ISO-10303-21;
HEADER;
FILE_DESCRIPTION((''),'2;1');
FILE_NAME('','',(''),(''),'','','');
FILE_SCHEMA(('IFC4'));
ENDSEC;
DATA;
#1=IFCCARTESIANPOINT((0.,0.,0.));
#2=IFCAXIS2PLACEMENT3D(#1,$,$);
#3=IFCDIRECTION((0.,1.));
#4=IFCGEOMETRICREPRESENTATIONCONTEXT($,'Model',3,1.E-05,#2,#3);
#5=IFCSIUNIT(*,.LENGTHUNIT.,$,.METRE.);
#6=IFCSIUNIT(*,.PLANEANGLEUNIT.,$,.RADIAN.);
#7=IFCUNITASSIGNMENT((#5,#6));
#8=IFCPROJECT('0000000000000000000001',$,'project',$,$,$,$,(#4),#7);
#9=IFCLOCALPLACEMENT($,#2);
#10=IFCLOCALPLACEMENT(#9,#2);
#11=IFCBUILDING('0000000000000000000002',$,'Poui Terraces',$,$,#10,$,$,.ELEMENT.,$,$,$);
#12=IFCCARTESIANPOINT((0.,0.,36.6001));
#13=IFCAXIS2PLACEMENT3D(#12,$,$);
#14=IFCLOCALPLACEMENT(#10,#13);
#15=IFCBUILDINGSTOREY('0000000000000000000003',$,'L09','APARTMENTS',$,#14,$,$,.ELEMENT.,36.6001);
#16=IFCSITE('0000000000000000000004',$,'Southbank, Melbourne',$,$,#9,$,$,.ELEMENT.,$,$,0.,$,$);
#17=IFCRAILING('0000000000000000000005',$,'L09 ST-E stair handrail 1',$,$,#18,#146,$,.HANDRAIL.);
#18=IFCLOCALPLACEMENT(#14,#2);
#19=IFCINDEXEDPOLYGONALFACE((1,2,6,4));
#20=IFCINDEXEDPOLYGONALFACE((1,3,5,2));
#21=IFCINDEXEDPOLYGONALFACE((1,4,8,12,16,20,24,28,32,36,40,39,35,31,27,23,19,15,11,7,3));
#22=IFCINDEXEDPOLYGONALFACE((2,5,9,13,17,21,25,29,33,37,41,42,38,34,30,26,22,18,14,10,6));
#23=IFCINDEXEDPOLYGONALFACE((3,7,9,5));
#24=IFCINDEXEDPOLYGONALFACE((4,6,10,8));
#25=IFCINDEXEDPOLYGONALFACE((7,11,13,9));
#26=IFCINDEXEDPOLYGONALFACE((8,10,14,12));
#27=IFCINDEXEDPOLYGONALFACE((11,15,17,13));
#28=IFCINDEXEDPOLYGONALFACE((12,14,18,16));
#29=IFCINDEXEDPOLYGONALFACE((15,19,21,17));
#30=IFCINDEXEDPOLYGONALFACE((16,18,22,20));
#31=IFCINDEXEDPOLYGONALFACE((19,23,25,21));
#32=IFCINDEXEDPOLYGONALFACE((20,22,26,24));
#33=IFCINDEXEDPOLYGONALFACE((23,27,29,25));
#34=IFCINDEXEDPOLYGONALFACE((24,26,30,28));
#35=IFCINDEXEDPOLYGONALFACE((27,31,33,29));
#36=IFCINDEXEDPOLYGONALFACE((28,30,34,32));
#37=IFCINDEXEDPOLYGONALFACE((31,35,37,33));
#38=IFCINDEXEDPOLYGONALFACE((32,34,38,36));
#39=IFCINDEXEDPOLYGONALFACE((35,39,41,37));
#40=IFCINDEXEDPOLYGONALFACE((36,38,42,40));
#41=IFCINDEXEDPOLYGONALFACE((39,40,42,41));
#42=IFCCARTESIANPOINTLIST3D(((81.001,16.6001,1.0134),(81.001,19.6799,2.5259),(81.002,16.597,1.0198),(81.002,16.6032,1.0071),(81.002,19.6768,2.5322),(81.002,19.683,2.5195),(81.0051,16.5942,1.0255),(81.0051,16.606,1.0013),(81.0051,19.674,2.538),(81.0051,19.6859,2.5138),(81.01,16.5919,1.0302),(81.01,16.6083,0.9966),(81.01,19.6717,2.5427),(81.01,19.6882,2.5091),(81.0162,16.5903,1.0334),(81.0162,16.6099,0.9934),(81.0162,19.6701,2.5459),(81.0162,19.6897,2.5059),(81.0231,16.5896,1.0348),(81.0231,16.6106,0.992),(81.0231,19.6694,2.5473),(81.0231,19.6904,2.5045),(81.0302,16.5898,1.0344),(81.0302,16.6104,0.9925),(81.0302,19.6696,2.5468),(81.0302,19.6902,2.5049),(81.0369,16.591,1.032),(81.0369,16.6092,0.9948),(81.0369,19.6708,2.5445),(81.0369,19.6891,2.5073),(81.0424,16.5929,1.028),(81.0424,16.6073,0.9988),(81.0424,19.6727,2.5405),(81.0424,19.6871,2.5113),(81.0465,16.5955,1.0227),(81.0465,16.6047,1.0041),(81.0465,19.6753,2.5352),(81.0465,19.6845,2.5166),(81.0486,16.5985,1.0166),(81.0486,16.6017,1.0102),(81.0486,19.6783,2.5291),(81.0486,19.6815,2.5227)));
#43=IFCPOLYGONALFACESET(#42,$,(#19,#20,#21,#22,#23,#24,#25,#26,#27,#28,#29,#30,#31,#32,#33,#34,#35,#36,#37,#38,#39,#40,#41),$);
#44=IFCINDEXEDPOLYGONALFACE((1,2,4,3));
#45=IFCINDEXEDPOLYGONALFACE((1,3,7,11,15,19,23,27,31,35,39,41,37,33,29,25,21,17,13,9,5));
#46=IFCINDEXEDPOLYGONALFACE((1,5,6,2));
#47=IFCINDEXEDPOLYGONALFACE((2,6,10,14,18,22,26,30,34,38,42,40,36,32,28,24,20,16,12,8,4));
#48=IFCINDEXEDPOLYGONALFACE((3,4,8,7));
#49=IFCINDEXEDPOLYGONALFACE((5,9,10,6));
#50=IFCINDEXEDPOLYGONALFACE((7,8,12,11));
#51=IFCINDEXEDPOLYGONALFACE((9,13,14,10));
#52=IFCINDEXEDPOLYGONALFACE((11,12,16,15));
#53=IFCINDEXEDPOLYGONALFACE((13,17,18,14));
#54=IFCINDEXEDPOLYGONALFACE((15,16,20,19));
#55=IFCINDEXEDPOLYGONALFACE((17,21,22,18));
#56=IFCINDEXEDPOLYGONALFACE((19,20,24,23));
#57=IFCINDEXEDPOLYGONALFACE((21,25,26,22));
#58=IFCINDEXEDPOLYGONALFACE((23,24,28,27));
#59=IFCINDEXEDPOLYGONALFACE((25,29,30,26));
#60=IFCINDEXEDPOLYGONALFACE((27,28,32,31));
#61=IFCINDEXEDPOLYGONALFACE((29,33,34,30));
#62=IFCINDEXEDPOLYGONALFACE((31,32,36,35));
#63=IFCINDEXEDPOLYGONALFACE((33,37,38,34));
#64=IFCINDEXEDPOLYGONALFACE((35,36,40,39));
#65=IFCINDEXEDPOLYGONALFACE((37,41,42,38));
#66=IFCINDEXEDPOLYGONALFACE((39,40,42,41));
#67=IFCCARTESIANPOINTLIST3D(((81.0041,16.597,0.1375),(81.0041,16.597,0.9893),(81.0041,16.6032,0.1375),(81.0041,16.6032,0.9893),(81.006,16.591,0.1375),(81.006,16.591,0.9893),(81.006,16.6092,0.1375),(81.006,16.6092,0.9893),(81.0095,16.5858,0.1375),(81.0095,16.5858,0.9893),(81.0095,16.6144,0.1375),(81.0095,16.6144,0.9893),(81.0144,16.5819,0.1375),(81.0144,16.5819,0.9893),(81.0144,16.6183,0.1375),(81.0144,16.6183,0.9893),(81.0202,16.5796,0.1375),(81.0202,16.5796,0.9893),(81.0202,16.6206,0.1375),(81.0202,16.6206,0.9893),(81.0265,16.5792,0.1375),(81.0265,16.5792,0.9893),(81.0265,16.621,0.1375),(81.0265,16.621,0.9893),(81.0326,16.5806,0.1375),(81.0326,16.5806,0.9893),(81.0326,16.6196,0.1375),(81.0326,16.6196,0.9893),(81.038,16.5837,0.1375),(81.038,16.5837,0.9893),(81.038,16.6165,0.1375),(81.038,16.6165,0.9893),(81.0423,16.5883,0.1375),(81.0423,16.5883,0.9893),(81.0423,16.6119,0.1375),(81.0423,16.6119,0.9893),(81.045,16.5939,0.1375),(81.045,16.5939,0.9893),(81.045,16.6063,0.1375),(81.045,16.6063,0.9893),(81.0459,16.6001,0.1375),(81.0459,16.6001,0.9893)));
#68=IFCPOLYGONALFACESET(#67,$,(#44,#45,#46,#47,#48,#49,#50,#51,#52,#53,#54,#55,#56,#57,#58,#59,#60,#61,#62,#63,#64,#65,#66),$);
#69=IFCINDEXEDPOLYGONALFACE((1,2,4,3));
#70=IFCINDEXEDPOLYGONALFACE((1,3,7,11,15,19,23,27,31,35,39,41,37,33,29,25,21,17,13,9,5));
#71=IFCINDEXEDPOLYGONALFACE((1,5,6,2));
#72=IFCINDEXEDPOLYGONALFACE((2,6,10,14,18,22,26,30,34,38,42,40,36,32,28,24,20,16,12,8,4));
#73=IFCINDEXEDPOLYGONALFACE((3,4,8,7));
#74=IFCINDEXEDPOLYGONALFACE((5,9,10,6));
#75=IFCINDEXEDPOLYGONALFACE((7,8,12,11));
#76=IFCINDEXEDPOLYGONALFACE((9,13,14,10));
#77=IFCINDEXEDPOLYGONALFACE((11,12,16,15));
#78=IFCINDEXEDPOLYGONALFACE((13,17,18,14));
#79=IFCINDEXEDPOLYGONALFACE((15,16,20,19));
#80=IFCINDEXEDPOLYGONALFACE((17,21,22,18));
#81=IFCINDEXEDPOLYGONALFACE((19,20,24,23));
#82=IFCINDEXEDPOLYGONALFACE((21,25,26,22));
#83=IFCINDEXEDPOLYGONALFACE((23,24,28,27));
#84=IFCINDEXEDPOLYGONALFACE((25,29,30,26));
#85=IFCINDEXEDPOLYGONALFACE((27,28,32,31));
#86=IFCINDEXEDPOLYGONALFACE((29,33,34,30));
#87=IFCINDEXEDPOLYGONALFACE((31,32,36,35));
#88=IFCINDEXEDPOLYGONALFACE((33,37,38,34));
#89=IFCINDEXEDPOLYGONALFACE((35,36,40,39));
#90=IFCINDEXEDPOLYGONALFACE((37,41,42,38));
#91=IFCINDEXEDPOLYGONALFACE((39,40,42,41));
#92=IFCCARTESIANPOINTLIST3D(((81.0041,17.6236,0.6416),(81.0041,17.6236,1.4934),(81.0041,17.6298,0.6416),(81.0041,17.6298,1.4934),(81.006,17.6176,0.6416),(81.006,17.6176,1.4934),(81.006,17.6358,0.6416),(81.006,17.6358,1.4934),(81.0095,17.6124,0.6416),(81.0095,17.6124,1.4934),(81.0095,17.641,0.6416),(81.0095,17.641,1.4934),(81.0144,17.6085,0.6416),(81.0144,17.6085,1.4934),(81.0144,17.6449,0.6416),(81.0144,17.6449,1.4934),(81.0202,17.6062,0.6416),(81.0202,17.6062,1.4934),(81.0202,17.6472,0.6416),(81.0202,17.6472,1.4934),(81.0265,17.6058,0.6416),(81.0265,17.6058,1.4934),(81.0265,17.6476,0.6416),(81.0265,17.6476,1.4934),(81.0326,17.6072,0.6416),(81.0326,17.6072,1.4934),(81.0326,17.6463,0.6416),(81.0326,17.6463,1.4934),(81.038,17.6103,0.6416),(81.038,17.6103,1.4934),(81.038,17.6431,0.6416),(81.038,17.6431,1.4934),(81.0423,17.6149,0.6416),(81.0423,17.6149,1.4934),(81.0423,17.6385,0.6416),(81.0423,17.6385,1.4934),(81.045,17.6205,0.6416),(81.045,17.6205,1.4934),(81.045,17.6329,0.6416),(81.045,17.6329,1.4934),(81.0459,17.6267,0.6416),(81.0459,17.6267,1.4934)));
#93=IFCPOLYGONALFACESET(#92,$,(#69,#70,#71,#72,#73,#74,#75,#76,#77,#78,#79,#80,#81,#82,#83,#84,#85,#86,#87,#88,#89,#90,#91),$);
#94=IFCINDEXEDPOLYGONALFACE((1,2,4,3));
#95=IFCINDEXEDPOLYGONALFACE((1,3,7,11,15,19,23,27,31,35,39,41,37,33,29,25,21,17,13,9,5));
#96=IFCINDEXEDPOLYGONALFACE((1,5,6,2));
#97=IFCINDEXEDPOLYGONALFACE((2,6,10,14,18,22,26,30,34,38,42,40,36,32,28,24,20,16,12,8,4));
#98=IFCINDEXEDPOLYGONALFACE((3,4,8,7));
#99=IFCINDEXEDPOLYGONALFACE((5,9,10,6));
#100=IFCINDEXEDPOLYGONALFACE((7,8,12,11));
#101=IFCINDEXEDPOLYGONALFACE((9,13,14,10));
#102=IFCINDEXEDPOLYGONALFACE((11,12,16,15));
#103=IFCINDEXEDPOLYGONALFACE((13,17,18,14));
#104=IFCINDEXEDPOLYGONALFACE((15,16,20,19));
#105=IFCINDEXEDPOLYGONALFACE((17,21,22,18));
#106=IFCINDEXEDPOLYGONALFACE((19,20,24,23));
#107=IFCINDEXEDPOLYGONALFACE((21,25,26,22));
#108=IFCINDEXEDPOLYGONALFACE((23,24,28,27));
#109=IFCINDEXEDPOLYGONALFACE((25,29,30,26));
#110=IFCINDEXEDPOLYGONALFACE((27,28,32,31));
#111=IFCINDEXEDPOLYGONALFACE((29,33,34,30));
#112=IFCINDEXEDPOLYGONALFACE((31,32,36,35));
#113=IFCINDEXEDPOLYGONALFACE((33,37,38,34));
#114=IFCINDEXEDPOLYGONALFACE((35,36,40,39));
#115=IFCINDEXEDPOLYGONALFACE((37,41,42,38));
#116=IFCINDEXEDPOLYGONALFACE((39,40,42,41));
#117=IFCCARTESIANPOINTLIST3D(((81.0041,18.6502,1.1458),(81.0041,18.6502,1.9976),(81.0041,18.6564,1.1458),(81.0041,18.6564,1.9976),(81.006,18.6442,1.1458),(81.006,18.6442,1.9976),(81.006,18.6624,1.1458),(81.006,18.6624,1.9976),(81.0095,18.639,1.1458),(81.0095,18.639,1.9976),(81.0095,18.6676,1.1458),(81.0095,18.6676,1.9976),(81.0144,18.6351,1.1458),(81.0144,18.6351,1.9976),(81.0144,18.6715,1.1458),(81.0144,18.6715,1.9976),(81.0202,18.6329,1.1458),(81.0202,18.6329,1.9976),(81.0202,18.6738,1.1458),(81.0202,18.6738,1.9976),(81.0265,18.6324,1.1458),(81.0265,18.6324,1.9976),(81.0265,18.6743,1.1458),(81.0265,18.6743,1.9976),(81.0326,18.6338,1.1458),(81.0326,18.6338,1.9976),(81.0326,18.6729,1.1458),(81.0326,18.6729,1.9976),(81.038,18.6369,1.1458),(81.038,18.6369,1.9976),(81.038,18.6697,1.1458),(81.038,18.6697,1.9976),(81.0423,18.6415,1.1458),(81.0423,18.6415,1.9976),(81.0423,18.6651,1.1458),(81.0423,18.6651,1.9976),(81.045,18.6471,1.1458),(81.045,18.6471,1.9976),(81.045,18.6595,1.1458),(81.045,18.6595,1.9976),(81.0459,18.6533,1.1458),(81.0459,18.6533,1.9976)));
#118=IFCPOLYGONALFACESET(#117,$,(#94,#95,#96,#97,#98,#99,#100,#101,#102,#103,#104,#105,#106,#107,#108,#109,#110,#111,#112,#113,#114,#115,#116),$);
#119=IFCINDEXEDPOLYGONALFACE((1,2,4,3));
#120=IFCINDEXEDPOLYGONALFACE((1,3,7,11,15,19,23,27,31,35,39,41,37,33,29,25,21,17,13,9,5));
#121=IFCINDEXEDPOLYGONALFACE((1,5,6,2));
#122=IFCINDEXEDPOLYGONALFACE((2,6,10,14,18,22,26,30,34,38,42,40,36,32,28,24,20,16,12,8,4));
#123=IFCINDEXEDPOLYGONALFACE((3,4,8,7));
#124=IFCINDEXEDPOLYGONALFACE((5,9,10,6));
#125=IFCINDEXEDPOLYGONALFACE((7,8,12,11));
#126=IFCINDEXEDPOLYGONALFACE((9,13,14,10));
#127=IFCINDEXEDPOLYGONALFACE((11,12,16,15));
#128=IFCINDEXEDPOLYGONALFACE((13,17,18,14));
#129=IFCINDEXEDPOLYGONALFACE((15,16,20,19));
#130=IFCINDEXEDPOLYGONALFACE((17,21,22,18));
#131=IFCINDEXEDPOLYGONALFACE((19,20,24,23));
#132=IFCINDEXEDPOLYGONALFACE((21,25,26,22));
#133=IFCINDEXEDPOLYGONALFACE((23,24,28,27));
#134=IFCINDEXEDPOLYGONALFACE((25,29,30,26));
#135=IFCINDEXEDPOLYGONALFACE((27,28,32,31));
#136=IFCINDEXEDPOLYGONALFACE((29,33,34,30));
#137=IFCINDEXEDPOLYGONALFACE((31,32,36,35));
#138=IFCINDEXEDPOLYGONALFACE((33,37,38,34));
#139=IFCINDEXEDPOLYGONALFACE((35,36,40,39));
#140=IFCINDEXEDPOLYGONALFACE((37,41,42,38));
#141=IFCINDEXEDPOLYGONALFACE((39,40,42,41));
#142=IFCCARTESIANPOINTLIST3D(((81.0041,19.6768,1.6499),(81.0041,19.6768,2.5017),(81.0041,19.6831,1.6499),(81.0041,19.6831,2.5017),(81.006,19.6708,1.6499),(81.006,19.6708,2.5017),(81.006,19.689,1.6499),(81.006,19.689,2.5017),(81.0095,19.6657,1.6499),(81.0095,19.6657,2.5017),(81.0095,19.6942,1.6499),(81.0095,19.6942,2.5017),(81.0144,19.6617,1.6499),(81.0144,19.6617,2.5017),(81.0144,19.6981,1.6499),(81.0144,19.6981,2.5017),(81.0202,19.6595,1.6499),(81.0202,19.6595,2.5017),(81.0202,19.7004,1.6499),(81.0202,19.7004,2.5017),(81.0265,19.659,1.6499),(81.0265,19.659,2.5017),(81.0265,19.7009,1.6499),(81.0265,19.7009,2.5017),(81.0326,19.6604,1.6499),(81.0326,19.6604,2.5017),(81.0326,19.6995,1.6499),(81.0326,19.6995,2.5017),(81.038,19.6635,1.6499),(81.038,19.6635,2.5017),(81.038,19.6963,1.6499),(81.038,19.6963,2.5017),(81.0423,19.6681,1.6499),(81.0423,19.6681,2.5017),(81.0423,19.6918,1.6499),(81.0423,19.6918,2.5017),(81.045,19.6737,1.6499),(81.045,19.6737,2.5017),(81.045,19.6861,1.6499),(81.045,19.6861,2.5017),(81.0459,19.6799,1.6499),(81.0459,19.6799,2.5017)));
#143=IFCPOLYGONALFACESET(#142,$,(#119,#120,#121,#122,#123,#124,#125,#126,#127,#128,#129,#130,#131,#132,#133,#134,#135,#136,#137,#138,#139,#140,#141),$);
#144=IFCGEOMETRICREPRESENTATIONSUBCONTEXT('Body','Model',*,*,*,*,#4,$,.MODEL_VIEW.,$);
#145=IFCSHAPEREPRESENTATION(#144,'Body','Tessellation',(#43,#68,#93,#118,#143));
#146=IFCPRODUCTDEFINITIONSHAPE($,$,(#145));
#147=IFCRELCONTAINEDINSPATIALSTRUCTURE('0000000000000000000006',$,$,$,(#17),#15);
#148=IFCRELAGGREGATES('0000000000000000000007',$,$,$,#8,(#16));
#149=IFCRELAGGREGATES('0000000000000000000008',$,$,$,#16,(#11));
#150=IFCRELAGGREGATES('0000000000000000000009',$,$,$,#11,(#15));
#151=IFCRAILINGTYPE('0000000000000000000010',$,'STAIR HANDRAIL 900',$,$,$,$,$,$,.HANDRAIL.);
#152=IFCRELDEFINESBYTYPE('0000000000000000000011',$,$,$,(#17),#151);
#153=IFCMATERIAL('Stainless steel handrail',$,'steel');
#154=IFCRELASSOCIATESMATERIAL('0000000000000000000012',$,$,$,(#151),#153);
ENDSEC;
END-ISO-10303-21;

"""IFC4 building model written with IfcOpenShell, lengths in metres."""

from ifc_helpers import new_model, si_unit, direction, frame, origin, origin_2d, place, context, subcontext, project, spatial, circle, extrude, material, type_object, element, save


model = new_model("IFC4")

# Units and contexts
model_context = context("Model", 3, precision=1e-05, world=origin(), true_north=direction((0.0, 1.0)))
body_context = subcontext(model_context, "Body", "Model", "MODEL_VIEW")
ifc_project = project(units=[si_unit("LENGTHUNIT", "METRE"), si_unit("PLANEANGLEUNIT", "RADIAN")], contexts=[model_context])

# Site, building, storey
site_placement = place(None, origin())
site = spatial("IfcSite", under=ifc_project, at=site_placement, Name="Southbank, Melbourne", CompositionType="ELEMENT", RefElevation=0.0)
building_placement = place(site_placement, origin())
building = spatial("IfcBuilding", under=site, at=building_placement, Name="Poui Terraces", CompositionType="ELEMENT")
storey_placement = place(building_placement, frame((0.0, 0.0, 36.6001)))
storey = spatial("IfcBuildingStorey", under=building, at=storey_placement, Name="L09", Description="APARTMENTS", CompositionType="ELEMENT", Elevation=36.6001)

# Railing
ifc_material_1 = material(Name="Stainless steel handrail", Category="steel")
railing_type_1 = type_object("IfcRailingType", Name="STAIR HANDRAIL 900", PredefinedType="HANDRAIL", material=ifc_material_1)
railing_1_placement = place(storey_placement, frame((81.0249, 16.6001, 0.1375)))
element("IfcRailing", 1, at=railing_1_placement, inside=storey, type_object=railing_type_1, Name="L09 ST-E stair handrail 1", PredefinedType="HANDRAIL", context=body_context, shape_type="SweptSolid", body=[
    extrude(circle(Radius=0.0239, at=origin_2d()), frame((0.0, 0.0, 0.876), z_axis=(0.0, 0.897606, 0.440798), x_axis=(-1.0, 0.0, 0.0)), (0.0, 0.0, 1.0), 3.4312),
    extrude(circle(Radius=0.021, at=origin_2d()), origin(), (0.0, 0.0, 1.0), 0.8518),
    extrude(circle(Radius=0.021, at=origin_2d()), frame((0.0, 1.0266, 0.5042)), (0.0, 0.0, 1.0), 0.8518),
    extrude(circle(Radius=0.021, at=origin_2d()), frame((0.0, 2.0532, 1.0083)), (0.0, 0.0, 1.0), 0.8518),
    extrude(circle(Radius=0.021, at=origin_2d()), frame((0.0, 3.0798, 1.5125)), (0.0, 0.0, 1.0), 0.8518),
])

save(model, "model.ifc")
